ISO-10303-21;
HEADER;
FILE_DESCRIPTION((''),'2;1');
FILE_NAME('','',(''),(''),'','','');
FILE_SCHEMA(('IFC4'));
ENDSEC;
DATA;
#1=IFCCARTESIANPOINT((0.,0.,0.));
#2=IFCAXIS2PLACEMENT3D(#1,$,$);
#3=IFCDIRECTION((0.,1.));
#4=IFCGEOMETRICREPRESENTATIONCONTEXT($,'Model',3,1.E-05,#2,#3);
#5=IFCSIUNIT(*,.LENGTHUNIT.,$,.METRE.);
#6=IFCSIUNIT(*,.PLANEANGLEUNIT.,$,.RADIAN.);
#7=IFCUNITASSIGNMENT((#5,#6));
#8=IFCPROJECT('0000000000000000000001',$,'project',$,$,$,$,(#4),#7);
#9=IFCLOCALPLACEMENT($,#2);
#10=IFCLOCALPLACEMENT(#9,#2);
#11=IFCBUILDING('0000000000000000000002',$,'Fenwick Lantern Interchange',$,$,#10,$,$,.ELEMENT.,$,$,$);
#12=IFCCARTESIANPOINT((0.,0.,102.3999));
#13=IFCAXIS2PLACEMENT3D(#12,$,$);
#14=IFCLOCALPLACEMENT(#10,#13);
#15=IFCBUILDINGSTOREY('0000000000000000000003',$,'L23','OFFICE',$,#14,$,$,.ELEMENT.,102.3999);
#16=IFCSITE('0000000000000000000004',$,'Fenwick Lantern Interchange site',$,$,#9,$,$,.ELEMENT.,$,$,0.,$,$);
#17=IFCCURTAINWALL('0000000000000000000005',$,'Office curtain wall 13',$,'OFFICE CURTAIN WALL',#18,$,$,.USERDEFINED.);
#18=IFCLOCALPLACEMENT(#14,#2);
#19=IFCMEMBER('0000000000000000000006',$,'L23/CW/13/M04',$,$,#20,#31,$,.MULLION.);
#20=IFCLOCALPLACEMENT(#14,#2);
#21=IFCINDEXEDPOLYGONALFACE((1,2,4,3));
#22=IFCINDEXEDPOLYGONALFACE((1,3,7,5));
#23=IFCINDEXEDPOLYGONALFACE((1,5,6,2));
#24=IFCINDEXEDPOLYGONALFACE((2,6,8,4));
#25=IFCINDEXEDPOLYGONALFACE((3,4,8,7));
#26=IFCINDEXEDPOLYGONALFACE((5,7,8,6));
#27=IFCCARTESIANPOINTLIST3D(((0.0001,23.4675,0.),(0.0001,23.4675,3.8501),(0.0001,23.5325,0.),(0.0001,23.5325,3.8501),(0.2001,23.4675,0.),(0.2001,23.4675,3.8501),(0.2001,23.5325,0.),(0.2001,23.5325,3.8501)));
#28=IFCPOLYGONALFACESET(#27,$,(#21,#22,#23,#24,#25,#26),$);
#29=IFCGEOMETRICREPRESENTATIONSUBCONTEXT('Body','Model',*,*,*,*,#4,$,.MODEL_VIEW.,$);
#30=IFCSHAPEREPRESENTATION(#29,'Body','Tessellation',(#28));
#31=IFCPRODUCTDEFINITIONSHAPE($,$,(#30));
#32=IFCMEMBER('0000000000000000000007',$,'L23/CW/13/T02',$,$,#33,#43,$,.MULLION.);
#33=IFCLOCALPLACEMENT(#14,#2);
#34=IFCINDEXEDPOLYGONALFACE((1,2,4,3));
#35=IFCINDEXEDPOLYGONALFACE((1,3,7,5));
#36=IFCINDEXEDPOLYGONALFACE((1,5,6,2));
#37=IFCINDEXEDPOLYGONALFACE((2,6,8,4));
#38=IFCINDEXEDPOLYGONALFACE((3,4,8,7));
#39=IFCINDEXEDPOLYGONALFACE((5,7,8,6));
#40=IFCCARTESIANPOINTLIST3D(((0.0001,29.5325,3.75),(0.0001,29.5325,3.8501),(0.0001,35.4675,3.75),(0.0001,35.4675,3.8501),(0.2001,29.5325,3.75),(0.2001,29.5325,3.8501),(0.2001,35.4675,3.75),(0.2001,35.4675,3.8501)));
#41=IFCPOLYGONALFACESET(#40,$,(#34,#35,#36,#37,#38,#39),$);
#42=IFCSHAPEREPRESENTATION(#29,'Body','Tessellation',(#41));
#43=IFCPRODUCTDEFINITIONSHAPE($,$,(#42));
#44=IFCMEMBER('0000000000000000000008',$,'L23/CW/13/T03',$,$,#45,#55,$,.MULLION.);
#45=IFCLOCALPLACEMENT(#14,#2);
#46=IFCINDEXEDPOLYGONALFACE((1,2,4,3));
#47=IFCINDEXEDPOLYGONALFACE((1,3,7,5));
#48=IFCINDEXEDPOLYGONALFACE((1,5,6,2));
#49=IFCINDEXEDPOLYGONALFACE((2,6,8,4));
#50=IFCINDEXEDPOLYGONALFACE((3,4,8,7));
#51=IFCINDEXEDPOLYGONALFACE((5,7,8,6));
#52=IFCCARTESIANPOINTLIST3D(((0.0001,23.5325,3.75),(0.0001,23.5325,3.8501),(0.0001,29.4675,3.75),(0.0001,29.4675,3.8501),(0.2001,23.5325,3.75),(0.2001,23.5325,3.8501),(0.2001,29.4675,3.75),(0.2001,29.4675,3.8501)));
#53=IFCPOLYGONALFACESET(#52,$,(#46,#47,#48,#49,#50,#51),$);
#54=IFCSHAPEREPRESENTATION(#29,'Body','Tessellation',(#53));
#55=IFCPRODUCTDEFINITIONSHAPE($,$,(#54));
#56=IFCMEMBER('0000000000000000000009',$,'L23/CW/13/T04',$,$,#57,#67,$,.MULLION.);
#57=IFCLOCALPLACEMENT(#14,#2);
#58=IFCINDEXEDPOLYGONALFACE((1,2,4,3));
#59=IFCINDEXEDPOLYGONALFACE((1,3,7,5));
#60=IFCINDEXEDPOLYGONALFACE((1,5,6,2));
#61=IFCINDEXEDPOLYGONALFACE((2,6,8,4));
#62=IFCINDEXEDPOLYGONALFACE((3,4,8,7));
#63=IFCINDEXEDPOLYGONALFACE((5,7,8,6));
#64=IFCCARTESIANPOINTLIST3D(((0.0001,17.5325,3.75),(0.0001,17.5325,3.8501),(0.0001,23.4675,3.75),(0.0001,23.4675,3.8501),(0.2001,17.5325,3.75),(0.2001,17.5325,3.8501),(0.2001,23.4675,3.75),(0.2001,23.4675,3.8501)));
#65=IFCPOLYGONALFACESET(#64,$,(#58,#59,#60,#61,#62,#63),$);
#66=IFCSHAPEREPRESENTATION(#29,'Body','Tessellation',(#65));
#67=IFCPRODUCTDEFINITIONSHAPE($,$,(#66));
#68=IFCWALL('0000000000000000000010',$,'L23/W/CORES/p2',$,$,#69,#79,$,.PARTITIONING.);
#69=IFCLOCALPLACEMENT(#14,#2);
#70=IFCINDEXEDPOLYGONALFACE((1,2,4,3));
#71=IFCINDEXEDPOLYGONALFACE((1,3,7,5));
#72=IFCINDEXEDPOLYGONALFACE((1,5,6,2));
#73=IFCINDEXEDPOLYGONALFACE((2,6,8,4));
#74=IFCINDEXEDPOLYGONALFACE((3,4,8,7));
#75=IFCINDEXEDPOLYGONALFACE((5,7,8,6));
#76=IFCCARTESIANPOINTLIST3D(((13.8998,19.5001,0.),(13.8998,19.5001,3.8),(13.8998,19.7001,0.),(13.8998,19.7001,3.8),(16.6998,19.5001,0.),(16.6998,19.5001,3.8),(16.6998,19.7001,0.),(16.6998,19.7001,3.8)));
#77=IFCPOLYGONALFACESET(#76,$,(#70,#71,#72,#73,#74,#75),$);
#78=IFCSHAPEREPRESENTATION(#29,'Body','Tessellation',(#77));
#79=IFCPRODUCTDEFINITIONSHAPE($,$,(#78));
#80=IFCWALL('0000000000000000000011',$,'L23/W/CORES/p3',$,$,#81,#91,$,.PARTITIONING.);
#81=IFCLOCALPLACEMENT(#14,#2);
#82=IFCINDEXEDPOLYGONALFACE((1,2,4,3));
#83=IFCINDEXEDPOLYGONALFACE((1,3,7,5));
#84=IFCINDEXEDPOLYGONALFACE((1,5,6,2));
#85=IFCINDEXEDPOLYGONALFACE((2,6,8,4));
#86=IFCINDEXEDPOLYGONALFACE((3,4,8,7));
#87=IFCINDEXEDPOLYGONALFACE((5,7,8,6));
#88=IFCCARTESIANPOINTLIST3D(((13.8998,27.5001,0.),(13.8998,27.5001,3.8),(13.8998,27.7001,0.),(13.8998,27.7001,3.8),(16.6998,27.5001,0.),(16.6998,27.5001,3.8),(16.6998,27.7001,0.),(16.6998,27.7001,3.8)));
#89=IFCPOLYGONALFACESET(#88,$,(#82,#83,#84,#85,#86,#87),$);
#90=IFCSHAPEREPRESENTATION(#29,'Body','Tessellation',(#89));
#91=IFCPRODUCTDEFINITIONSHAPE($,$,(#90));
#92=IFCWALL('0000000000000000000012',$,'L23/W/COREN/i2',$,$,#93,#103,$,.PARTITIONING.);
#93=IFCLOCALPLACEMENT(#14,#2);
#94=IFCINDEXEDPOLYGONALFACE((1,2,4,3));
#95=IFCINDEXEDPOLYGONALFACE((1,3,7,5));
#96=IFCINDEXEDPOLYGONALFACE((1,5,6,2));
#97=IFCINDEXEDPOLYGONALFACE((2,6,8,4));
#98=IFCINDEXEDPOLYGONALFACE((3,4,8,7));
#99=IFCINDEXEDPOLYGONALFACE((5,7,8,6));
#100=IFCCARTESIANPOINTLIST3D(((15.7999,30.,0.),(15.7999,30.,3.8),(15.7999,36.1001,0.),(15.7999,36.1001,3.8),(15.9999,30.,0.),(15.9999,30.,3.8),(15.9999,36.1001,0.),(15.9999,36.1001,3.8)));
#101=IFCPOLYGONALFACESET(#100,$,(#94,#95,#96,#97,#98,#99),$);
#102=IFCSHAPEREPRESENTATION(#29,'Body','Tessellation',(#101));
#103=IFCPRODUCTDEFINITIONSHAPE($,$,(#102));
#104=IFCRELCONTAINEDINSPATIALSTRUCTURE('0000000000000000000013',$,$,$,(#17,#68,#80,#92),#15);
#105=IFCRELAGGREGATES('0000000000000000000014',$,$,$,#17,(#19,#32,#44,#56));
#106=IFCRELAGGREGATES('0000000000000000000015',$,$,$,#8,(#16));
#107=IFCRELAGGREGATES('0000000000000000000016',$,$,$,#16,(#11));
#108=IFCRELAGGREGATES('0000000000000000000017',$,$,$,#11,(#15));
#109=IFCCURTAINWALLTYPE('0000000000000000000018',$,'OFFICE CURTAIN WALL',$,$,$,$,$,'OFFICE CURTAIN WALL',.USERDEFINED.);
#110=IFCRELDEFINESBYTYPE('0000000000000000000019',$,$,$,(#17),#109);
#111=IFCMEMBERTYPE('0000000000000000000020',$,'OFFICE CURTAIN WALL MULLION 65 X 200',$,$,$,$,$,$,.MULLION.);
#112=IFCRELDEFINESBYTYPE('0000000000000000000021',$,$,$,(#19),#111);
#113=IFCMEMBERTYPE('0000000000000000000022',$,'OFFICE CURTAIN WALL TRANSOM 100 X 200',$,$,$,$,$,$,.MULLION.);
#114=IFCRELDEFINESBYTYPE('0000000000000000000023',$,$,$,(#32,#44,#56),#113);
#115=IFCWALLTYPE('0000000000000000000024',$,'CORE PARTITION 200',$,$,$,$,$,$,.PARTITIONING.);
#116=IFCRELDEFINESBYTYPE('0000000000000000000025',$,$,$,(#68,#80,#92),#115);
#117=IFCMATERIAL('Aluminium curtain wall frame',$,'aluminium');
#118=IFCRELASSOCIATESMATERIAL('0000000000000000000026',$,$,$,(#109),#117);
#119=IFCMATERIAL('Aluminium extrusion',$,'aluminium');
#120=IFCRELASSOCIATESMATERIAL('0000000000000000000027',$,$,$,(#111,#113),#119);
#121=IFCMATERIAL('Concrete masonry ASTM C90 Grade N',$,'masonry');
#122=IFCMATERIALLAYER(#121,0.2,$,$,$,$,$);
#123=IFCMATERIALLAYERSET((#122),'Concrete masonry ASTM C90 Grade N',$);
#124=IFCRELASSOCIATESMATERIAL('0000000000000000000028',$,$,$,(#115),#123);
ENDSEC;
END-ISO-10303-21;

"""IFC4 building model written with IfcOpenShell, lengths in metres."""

from ifc_helpers import new_model, si_unit, direction, frame, frame_2d, origin, origin_2d, place, context, subcontext, project, spatial, rectangle, extrude, material, layer, layer_set, material_profile, profile_set, type_object, element, aggregate, save


model = new_model("IFC4")

# Units and contexts
model_context = context("Model", 3, precision=1e-05, world=origin(), true_north=direction((0.0, 1.0)))
body_context = subcontext(model_context, "Body", "Model", "MODEL_VIEW")
ifc_project = project(units=[si_unit("LENGTHUNIT", "METRE"), si_unit("PLANEANGLEUNIT", "RADIAN")], contexts=[model_context])

# Site, building, storey
site_placement = place(None, origin())
site = spatial("IfcSite", under=ifc_project, at=site_placement, Name="Fenwick Lantern Interchange site", CompositionType="ELEMENT", RefElevation=0.0)
building_placement = place(site_placement, origin())
building = spatial("IfcBuilding", under=site, at=building_placement, Name="Fenwick Lantern Interchange", CompositionType="ELEMENT")
storey_placement = place(building_placement, frame((0.0, 0.0, 102.3999)))
storey = spatial("IfcBuildingStorey", under=building, at=storey_placement, Name="L23", Description="OFFICE", CompositionType="ELEMENT", Elevation=102.3999)

# Curtain wall, members
ifc_material_1 = material(Name="Aluminium curtain wall frame", Category="aluminium")
curtain_wall_type = type_object("IfcCurtainWallType", Name="OFFICE CURTAIN WALL", ElementType="OFFICE CURTAIN WALL", PredefinedType="USERDEFINED", material=ifc_material_1)
curtain_wall_placement = place(storey_placement, origin())
curtain_wall = element("IfcCurtainWall", 1, at=curtain_wall_placement, inside=storey, type_object=curtain_wall_type, Name="Office curtain wall 13", ObjectType="OFFICE CURTAIN WALL", PredefinedType="USERDEFINED")
ifc_material_2 = material(Name="Aluminium extrusion", Category="aluminium")
ifc_material_profile_1 = material_profile(ifc_material_2, rectangle(XDim=0.2, YDim=0.0649, at=origin_2d()), Name="OFFICE CURTAIN WALL MULLION 65 X 200")
ifc_profile_set_1 = profile_set([ifc_material_profile_1], Name="Aluminium extrusion")
member_type_1 = type_object("IfcMemberType", Name="OFFICE CURTAIN WALL MULLION 65 X 200", PredefinedType="MULLION", material=ifc_profile_set_1)
member_1_placement = place(storey_placement, frame((0.1001, 23.5, 0.0), z_axis=(0.0, 0.0, 1.0), x_axis=(1.0, 0.0, 0.0)))
member_1 = element("IfcMember", 2, at=member_1_placement, type_object=member_type_1, Name="L23/CW/13/M04", PredefinedType="MULLION", context=body_context, shape_type="SweptSolid", body=[
    extrude(rectangle(XDim=0.2, YDim=0.0649, at=origin_2d()), origin(), (0.0, 0.0, 1.0), 3.8501),
])
ifc_material_profile_2 = material_profile(ifc_material_2, rectangle(XDim=0.2, YDim=0.1001, at=origin_2d()), Name="OFFICE CURTAIN WALL TRANSOM 100 X 200")
ifc_profile_set_2 = profile_set([ifc_material_profile_2], Name="Aluminium extrusion")
member_type_2 = type_object("IfcMemberType", Name="OFFICE CURTAIN WALL TRANSOM 100 X 200", PredefinedType="MULLION", material=ifc_profile_set_2)
member_2_placement = place(storey_placement, frame((0.1001, 35.4675, 3.8), z_axis=(0.0, -1.0, 0.0), x_axis=(1.0, 0.0, 0.0)))
member_2 = element("IfcMember", 3, at=member_2_placement, type_object=member_type_2, Name="L23/CW/13/T02", PredefinedType="MULLION", context=body_context, shape_type="SweptSolid", body=[
    extrude(rectangle(XDim=0.2, YDim=0.1001, at=origin_2d()), origin(), (0.0, 0.0, 1.0), 5.9351),
])
member_3_placement = place(storey_placement, frame((0.1001, 29.4675, 3.8), z_axis=(0.0, -1.0, 0.0), x_axis=(1.0, 0.0, 0.0)))
member_3 = element("IfcMember", 4, at=member_3_placement, type_object=member_type_2, Name="L23/CW/13/T03", PredefinedType="MULLION", context=body_context, shape_type="SweptSolid", body=[
    extrude(rectangle(XDim=0.2, YDim=0.1001, at=origin_2d()), origin(), (0.0, 0.0, 1.0), 5.9351),
])
member_4_placement = place(storey_placement, frame((0.1001, 23.4675, 3.8), z_axis=(0.0, -1.0, 0.0), x_axis=(1.0, 0.0, 0.0)))
member_4 = element("IfcMember", 5, at=member_4_placement, type_object=member_type_2, Name="L23/CW/13/T04", PredefinedType="MULLION", context=body_context, shape_type="SweptSolid", body=[
    extrude(rectangle(XDim=0.2, YDim=0.1001, at=origin_2d()), origin(), (0.0, 0.0, 1.0), 5.9351),
])
aggregate(curtain_wall, [member_1, member_2, member_3, member_4])

# Walls
ifc_material_3 = material(Name="Concrete masonry ASTM C90 Grade N", Category="masonry")
ifc_layer_1 = layer(ifc_material_3, 0.2)
ifc_layer_set_1 = layer_set([ifc_layer_1], Name="Concrete masonry ASTM C90 Grade N")
wall_type_1 = type_object("IfcWallType", Name="CORE PARTITION 200", PredefinedType="PARTITIONING", material=ifc_layer_set_1)
for number, where, z_axis, x_axis, name in (
    (6, (13.8999, 19.6001, 0.0), (0.0, 0.0, 1.0), (1.0, 0.0, 0.0), "L23/W/CORES/p2"),
    (7, (13.8999, 27.6001, 0.0), (0.0, 0.0, 1.0), (1.0, 0.0, 0.0), "L23/W/CORES/p3"),
):
    element("IfcWall", number, at=place(storey_placement, frame(where, z_axis=z_axis, x_axis=x_axis)), inside=storey, type_object=wall_type_1, Name=name, PredefinedType="PARTITIONING", context=body_context, shape_type="SweptSolid", body=[
        extrude(rectangle(XDim=2.8, YDim=0.2, at=frame_2d((1.3999, 0.0))), origin(), (0.0, 0.0, 1.0), 3.8),
    ])
wall_1_placement = place(storey_placement, frame((15.8999, 36.1001, 0.0), z_axis=(0.0, 0.0, 1.0), x_axis=(0.0, -1.0, 0.0)))
element("IfcWall", 8, at=wall_1_placement, inside=storey, type_object=wall_type_1, Name="L23/W/COREN/i2", PredefinedType="PARTITIONING", context=body_context, shape_type="SweptSolid", body=[
    extrude(rectangle(XDim=6.1001, YDim=0.2, at=frame_2d((3.05, 0.0))), origin(), (0.0, 0.0, 1.0), 3.8),
])

save(model, "model.ifc")
